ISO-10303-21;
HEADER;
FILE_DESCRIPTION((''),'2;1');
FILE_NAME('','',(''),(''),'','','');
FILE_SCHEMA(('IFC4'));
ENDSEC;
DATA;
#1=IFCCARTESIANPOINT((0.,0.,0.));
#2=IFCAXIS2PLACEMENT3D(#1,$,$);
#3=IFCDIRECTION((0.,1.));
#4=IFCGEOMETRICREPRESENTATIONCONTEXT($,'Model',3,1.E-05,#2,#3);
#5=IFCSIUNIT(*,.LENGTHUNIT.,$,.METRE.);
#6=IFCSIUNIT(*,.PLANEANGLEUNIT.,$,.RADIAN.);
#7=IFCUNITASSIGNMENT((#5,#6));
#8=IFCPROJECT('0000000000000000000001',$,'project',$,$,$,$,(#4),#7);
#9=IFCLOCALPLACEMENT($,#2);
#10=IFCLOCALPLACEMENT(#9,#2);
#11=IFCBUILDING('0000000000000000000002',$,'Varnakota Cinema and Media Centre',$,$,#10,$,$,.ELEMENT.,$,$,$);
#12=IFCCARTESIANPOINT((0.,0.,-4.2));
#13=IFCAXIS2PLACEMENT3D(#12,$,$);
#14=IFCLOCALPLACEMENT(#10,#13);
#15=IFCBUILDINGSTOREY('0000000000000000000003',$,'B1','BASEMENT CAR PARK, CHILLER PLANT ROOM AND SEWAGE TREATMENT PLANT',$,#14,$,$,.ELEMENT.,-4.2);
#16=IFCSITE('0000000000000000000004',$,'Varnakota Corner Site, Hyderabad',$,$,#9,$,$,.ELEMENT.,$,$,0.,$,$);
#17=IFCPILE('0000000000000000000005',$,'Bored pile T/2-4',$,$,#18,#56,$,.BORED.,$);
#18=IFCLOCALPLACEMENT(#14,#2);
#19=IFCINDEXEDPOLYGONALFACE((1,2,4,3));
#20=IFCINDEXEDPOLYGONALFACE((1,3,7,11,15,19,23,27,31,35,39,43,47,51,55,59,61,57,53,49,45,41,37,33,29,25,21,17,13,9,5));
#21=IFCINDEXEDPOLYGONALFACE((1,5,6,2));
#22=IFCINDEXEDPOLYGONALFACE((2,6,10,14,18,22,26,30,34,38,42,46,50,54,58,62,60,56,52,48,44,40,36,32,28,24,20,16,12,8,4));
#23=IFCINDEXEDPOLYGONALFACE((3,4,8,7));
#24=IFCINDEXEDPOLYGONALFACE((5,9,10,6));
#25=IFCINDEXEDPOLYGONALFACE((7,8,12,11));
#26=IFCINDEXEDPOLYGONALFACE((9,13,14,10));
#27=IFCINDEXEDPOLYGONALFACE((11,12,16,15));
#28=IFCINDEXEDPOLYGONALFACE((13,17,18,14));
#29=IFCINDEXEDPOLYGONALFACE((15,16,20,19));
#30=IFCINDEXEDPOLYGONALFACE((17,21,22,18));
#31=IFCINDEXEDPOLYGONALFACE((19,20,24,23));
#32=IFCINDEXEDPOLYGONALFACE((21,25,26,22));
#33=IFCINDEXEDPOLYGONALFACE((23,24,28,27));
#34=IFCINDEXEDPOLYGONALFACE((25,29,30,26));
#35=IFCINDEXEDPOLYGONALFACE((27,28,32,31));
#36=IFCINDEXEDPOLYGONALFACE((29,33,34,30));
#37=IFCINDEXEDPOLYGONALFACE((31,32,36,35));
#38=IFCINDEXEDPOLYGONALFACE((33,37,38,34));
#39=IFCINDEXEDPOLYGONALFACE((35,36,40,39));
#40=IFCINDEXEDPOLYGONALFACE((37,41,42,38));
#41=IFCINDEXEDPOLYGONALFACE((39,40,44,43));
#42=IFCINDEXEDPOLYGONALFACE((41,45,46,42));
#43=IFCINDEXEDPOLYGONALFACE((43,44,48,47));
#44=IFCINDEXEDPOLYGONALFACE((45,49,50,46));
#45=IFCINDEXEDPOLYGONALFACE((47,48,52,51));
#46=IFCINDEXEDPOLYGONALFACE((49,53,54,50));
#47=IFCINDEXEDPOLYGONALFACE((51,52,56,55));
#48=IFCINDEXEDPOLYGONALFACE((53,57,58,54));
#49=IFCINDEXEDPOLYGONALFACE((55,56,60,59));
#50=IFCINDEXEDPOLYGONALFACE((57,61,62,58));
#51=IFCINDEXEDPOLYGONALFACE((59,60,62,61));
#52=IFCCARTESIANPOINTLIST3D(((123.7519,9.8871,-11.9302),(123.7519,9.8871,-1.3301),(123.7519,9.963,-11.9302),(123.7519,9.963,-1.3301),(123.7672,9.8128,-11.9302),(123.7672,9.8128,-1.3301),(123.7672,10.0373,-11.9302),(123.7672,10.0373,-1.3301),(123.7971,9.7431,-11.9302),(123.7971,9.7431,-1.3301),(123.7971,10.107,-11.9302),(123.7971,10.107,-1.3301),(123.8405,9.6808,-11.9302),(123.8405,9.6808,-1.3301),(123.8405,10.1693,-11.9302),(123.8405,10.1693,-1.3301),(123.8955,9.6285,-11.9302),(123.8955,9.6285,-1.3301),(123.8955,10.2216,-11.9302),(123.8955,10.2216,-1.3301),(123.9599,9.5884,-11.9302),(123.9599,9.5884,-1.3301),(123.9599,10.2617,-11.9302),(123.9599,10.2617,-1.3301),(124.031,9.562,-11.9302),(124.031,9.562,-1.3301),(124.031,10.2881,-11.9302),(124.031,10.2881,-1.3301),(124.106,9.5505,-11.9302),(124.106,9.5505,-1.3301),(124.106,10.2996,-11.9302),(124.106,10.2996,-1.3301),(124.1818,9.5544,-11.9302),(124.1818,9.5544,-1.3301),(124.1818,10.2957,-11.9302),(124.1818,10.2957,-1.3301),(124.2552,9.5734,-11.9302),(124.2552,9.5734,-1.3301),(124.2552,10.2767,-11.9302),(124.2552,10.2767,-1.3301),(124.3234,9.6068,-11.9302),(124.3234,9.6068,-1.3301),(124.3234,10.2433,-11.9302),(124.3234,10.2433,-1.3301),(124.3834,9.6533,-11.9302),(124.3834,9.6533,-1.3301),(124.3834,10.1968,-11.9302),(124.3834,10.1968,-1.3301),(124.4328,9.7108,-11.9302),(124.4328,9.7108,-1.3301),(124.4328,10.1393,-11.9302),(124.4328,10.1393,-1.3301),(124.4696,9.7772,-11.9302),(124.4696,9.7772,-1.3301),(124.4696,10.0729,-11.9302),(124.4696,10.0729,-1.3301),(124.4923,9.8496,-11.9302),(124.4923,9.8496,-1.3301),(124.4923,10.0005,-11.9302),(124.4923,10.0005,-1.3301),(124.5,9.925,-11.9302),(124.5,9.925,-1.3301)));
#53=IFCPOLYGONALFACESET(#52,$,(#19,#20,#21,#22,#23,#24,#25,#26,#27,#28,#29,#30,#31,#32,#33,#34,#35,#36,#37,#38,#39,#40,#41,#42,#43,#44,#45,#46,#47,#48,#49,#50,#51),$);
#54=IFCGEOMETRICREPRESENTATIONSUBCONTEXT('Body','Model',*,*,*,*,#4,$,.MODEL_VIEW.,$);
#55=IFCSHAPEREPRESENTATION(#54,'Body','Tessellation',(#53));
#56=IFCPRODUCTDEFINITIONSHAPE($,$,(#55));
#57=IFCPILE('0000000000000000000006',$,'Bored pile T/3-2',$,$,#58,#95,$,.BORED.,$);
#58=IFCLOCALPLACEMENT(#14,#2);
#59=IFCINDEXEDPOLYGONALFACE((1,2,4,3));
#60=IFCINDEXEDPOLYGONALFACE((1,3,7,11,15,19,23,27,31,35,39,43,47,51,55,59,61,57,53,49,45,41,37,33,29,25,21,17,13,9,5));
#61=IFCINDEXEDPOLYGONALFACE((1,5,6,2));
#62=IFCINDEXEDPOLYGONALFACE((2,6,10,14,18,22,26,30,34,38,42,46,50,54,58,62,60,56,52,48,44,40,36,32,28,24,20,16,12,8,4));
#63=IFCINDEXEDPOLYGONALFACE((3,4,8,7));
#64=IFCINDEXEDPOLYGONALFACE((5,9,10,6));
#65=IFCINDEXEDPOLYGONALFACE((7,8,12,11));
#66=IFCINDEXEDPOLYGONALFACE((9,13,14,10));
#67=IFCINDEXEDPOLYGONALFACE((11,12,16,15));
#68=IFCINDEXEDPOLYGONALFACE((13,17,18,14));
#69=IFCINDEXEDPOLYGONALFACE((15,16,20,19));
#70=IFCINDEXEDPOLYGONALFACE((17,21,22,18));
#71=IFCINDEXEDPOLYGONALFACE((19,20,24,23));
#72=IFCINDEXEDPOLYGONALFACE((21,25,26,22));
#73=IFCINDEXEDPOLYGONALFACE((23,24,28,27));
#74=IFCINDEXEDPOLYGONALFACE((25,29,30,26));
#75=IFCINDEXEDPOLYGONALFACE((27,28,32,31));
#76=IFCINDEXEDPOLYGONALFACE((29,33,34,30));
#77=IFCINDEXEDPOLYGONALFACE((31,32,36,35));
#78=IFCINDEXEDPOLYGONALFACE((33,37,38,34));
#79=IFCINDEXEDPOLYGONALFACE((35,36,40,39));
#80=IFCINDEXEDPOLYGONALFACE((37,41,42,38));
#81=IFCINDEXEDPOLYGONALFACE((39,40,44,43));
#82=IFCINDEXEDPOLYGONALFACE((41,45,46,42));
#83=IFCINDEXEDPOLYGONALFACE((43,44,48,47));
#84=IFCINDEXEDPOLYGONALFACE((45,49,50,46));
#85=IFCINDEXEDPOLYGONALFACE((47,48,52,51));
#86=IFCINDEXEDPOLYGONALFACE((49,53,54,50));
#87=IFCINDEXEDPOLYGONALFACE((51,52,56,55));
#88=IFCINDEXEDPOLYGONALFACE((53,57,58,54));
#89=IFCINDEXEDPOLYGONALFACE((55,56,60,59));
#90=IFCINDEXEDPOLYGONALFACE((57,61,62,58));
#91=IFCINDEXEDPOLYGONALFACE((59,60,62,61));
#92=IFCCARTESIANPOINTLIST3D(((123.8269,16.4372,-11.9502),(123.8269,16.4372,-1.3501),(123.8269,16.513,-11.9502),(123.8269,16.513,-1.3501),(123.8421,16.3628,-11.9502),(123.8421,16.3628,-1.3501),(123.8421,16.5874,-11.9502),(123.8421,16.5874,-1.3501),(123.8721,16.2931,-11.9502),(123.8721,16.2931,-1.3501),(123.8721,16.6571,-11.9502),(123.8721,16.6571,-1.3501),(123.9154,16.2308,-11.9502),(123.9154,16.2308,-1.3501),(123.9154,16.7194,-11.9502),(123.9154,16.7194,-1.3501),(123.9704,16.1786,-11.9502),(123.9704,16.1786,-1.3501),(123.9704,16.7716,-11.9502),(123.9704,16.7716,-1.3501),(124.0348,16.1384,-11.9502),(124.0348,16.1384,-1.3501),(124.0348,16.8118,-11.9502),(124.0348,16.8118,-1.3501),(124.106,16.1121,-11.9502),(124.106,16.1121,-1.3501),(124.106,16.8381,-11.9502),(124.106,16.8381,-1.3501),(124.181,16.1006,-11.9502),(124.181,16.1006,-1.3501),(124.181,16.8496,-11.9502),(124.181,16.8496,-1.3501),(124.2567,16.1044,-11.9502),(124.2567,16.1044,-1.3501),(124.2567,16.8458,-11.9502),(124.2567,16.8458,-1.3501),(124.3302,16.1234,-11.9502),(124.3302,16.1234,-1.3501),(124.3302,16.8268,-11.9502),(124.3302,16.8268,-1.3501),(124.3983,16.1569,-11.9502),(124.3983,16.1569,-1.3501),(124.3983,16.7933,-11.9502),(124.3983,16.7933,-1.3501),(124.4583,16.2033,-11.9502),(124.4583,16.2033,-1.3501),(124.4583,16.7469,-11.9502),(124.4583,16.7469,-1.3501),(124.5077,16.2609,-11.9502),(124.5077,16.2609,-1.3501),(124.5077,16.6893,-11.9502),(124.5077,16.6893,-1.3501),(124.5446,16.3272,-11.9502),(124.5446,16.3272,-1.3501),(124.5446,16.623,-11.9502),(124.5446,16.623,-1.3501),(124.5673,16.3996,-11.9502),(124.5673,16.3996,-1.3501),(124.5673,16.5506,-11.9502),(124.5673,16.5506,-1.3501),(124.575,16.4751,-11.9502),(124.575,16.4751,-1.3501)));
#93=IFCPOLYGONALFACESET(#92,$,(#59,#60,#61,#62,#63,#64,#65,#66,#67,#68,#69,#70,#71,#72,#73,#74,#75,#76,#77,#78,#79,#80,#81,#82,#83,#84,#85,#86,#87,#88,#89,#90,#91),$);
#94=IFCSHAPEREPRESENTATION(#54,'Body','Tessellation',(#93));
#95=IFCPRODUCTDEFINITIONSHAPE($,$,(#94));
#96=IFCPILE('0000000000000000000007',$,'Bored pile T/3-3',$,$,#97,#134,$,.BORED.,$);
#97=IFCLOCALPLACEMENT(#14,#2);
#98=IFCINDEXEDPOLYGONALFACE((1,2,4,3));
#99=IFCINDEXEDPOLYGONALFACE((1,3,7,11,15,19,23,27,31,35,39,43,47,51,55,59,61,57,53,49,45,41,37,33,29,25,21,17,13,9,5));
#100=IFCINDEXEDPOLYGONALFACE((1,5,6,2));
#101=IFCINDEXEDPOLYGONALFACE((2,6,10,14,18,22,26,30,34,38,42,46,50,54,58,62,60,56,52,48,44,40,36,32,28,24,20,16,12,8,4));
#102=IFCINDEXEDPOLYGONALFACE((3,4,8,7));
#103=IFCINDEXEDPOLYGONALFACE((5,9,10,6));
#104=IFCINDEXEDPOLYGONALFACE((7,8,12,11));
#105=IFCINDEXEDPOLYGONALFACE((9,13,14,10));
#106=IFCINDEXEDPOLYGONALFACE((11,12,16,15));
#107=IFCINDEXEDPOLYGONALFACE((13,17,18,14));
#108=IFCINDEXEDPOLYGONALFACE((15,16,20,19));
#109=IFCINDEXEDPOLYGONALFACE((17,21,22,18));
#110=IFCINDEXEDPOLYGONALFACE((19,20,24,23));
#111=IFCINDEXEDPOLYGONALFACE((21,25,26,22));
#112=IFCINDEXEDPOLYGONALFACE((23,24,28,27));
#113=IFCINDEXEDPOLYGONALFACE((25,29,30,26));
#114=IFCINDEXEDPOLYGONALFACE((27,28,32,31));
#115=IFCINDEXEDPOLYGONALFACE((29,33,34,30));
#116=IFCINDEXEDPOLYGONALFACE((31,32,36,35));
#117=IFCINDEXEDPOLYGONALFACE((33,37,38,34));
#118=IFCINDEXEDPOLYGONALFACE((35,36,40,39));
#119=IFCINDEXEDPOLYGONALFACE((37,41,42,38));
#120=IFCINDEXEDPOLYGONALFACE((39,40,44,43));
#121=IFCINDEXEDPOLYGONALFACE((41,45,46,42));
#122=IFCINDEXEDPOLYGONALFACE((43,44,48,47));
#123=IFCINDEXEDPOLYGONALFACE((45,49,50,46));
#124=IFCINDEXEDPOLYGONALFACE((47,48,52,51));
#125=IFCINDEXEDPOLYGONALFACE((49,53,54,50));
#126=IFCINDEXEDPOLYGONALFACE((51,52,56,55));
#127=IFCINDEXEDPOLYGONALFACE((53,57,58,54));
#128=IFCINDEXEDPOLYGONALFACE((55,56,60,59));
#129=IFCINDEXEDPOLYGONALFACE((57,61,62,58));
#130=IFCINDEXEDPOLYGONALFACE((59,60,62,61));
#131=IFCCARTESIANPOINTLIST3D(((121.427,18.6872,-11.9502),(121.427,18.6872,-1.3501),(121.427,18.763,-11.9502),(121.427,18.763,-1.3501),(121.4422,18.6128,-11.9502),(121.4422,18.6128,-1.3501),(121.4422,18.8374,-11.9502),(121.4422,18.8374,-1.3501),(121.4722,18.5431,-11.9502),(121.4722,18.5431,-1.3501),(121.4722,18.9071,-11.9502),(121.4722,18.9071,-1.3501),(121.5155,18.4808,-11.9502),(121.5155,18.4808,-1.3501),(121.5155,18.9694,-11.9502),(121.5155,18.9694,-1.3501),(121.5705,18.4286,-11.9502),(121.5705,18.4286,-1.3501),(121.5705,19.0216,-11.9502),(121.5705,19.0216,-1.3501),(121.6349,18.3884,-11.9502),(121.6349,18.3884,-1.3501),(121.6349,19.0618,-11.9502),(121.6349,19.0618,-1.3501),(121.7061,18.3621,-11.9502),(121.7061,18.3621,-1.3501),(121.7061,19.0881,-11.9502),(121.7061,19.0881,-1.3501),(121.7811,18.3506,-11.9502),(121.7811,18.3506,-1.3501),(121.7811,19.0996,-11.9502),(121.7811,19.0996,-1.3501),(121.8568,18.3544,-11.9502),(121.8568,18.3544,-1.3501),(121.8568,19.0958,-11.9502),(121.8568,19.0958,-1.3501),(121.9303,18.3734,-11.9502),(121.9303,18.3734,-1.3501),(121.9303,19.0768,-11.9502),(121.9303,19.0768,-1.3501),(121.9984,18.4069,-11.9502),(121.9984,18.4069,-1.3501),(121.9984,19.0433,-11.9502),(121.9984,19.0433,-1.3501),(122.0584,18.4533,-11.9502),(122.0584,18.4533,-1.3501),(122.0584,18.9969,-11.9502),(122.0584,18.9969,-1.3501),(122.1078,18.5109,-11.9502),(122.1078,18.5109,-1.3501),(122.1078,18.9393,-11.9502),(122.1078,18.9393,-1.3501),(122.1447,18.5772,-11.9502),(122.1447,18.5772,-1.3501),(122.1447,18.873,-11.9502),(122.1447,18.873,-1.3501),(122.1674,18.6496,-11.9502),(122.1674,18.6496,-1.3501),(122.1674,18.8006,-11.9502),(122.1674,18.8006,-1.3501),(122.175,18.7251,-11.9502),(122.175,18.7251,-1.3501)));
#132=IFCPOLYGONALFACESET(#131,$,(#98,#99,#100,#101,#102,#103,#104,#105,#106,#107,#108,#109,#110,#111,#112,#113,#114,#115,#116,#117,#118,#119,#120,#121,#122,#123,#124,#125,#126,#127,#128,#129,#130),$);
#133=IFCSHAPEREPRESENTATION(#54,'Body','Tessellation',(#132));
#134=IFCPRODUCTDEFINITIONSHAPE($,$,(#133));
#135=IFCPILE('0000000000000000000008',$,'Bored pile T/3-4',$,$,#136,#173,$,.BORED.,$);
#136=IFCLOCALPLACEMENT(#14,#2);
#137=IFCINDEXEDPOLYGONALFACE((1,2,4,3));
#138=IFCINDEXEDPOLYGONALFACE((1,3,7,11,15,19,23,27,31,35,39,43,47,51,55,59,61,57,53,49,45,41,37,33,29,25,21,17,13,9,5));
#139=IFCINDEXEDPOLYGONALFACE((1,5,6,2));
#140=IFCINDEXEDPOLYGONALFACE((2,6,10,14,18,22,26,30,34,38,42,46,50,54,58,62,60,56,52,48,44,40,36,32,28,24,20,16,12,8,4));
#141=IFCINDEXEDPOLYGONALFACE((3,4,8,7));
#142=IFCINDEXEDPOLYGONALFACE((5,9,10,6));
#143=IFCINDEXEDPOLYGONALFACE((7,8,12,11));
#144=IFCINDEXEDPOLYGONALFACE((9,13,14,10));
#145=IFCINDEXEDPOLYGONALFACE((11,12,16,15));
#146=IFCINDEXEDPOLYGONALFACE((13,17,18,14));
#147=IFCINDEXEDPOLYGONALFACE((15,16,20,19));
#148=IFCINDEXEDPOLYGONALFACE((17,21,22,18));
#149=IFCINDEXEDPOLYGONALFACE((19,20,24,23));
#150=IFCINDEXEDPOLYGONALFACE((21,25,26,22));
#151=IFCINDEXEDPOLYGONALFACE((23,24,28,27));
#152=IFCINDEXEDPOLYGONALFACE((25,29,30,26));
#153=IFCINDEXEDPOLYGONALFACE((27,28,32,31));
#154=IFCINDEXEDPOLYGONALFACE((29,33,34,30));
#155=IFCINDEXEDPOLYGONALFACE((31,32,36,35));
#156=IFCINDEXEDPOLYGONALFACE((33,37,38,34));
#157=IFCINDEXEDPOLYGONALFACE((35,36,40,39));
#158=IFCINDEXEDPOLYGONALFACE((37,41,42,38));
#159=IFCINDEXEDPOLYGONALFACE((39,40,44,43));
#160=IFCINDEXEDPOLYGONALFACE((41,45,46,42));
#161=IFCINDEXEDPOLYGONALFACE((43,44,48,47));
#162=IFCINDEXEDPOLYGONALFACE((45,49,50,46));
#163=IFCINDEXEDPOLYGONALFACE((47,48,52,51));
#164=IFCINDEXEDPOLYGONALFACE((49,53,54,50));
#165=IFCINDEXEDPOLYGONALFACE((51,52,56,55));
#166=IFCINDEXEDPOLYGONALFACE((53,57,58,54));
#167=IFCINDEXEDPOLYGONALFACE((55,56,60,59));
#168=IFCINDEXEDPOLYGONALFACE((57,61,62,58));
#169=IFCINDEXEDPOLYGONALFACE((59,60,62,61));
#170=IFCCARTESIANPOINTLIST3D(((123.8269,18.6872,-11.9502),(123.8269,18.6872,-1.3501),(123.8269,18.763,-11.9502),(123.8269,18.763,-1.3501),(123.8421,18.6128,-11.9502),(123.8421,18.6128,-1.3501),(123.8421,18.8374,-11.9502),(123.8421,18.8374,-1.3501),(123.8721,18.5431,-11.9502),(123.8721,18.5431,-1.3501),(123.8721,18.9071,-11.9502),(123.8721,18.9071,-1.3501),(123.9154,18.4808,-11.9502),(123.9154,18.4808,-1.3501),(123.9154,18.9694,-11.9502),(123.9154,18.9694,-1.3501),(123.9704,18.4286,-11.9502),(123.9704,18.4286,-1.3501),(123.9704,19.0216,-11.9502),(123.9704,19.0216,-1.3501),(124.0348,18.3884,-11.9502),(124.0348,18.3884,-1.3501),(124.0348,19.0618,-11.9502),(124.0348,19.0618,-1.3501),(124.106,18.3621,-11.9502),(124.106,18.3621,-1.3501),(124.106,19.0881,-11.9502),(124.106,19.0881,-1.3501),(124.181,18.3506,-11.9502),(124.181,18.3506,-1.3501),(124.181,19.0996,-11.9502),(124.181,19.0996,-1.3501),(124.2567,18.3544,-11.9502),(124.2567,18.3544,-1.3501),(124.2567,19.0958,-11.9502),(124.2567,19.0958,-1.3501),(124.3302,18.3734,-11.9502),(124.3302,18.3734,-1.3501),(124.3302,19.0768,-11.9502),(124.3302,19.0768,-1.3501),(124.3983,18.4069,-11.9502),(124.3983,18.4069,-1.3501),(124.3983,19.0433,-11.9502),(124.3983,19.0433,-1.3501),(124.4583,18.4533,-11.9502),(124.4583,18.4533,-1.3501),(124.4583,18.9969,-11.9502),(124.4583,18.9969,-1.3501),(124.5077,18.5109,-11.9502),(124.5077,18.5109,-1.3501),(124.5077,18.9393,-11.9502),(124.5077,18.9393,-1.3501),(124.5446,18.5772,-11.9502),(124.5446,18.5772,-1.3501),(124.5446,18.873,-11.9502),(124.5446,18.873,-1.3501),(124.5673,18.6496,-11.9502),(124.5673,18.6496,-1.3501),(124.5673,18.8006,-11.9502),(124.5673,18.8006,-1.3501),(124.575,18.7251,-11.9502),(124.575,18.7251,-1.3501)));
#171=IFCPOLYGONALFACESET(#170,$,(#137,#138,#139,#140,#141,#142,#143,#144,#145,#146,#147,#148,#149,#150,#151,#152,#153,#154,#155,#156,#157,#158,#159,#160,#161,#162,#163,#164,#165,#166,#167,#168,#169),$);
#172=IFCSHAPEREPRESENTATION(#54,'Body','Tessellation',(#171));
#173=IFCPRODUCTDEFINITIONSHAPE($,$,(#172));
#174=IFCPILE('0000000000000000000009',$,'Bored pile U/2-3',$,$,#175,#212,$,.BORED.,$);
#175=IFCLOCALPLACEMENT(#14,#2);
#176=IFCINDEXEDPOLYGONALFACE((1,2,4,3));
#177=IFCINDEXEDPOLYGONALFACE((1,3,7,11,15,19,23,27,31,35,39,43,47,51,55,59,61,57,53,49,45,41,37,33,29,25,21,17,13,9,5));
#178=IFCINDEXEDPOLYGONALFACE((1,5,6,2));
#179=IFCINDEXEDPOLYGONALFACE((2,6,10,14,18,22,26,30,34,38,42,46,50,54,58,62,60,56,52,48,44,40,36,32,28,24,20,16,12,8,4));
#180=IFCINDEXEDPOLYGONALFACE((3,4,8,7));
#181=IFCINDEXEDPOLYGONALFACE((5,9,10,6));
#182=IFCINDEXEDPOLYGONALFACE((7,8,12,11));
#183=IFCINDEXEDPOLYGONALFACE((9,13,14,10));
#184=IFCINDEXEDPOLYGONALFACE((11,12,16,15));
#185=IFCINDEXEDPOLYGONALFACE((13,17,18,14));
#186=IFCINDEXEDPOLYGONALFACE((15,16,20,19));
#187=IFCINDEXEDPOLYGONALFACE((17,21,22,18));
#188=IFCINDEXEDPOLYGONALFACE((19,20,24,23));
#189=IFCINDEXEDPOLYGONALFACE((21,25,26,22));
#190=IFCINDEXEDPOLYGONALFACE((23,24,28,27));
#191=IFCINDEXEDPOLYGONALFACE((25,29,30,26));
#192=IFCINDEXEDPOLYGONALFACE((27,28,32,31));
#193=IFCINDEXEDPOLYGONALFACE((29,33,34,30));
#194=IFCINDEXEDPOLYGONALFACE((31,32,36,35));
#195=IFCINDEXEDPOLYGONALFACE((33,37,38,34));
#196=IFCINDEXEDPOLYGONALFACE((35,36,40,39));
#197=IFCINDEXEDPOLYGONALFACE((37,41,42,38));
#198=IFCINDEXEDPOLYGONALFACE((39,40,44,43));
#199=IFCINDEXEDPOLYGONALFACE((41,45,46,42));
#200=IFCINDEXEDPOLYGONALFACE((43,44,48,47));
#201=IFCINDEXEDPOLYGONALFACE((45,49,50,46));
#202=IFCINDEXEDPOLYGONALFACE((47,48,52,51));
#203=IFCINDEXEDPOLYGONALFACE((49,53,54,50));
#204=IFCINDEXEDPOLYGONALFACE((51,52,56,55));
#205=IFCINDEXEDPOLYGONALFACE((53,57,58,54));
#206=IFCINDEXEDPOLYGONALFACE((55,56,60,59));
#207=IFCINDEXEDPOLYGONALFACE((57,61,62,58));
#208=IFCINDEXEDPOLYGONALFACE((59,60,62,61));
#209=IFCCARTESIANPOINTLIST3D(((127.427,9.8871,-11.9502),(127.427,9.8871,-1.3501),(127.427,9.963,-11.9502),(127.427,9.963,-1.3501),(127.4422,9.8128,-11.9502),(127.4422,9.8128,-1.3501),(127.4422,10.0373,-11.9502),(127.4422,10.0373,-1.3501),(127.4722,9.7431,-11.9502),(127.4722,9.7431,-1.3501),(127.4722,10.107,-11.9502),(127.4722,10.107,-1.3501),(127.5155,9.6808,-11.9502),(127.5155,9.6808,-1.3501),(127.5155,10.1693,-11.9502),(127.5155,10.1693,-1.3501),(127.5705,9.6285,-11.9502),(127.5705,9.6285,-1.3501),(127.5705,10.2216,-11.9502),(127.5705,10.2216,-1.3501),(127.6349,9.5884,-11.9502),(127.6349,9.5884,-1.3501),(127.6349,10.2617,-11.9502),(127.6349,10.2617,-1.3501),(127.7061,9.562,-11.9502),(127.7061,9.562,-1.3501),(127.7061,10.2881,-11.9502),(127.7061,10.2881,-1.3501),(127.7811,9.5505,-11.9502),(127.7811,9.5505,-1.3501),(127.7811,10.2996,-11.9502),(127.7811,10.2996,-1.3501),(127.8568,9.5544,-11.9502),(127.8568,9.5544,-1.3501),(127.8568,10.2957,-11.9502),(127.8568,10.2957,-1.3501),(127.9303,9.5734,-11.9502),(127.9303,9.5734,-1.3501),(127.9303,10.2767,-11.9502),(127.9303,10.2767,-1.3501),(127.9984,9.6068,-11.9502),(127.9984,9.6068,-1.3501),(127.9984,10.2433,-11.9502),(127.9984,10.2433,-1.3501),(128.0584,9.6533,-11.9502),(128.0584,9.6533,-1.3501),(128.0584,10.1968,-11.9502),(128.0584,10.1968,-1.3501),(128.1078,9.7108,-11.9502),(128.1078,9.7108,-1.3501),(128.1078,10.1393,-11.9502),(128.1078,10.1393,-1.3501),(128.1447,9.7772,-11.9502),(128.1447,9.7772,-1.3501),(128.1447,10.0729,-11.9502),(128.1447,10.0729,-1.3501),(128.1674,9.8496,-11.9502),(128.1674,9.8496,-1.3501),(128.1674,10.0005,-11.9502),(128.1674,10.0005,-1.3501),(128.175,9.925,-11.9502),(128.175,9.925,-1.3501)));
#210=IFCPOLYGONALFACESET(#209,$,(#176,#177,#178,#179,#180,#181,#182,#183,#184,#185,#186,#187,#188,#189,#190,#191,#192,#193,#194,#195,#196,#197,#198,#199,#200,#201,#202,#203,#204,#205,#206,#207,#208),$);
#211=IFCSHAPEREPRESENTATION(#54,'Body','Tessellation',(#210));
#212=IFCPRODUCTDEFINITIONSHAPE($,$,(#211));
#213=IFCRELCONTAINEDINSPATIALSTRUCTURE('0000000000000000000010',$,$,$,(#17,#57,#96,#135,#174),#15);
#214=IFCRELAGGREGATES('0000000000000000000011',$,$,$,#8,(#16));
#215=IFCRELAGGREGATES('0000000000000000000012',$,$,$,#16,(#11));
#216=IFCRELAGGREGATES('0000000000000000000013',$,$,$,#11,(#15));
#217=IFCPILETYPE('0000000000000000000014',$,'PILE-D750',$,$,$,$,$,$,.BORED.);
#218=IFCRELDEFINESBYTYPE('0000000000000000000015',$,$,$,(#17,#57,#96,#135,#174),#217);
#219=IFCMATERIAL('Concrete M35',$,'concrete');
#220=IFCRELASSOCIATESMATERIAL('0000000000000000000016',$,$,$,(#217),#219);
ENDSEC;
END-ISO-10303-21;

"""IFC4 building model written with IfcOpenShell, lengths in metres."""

from ifc_helpers import new_model, si_unit, direction, frame, origin, origin_2d, place, context, subcontext, project, spatial, circle, extrude, material, material_profile, profile_set, type_object, element, save


model = new_model("IFC4")

# Units and contexts
model_context = context("Model", 3, precision=1e-05, world=origin(), true_north=direction((0.0, 1.0)))
body_context = subcontext(model_context, "Body", "Model", "MODEL_VIEW")
ifc_project = project(units=[si_unit("LENGTHUNIT", "METRE"), si_unit("PLANEANGLEUNIT", "RADIAN")], contexts=[model_context])

# Site, building, storey
site_placement = place(None, origin())
site = spatial("IfcSite", under=ifc_project, at=site_placement, Name="Varnakota Corner Site, Hyderabad", CompositionType="ELEMENT", RefElevation=0.0)
building_placement = place(site_placement, origin())
building = spatial("IfcBuilding", under=site, at=building_placement, Name="Varnakota Cinema and Media Centre", CompositionType="ELEMENT")
storey_placement = place(building_placement, frame((0.0, 0.0, -4.2)))
storey = spatial("IfcBuildingStorey", under=building, at=storey_placement, Name="B1", Description="BASEMENT CAR PARK, CHILLER PLANT ROOM AND SEWAGE TREATMENT PLANT", CompositionType="ELEMENT", Elevation=-4.2)

# Piles
ifc_material_1 = material(Name="Concrete M35", Category="concrete")
ifc_material_profile_1 = material_profile(ifc_material_1, circle(Radius=0.375, at=origin_2d()), Name="PILE D750")
ifc_profile_set_1 = profile_set([ifc_material_profile_1], Name="Concrete M35")
pile_type_1 = type_object("IfcPileType", Name="PILE-D750", PredefinedType="BORED", material=ifc_profile_set_1)
for number, where, z_axis, x_axis, name in (
    (1, (124.125, 9.925, -1.3301), (0.0, 0.0, -1.0), (1.0, 0.0, 0.0), "Bored pile T/2-4"),
    (2, (124.2, 16.4751, -1.3501), (0.0, 0.0, -1.0), (1.0, 0.0, 0.0), "Bored pile T/3-2"),
    (3, (121.8, 18.7251, -1.3501), (0.0, 0.0, -1.0), (1.0, 0.0, 0.0), "Bored pile T/3-3"),
    (4, (124.2, 18.7251, -1.3501), (0.0, 0.0, -1.0), (1.0, 0.0, 0.0), "Bored pile T/3-4"),
    (5, (127.8, 9.925, -1.3501), (0.0, 0.0, -1.0), (1.0, 0.0, 0.0), "Bored pile U/2-3"),
):
    element("IfcPile", number, at=place(storey_placement, frame(where, z_axis=z_axis, x_axis=x_axis)), inside=storey, type_object=pile_type_1, Name=name, PredefinedType="BORED", context=body_context, shape_type="SweptSolid", body=[
        extrude(circle(Radius=0.375, at=origin_2d()), origin(), (0.0, 0.0, 1.0), 10.6001),
    ])

save(model, "model.ifc")
